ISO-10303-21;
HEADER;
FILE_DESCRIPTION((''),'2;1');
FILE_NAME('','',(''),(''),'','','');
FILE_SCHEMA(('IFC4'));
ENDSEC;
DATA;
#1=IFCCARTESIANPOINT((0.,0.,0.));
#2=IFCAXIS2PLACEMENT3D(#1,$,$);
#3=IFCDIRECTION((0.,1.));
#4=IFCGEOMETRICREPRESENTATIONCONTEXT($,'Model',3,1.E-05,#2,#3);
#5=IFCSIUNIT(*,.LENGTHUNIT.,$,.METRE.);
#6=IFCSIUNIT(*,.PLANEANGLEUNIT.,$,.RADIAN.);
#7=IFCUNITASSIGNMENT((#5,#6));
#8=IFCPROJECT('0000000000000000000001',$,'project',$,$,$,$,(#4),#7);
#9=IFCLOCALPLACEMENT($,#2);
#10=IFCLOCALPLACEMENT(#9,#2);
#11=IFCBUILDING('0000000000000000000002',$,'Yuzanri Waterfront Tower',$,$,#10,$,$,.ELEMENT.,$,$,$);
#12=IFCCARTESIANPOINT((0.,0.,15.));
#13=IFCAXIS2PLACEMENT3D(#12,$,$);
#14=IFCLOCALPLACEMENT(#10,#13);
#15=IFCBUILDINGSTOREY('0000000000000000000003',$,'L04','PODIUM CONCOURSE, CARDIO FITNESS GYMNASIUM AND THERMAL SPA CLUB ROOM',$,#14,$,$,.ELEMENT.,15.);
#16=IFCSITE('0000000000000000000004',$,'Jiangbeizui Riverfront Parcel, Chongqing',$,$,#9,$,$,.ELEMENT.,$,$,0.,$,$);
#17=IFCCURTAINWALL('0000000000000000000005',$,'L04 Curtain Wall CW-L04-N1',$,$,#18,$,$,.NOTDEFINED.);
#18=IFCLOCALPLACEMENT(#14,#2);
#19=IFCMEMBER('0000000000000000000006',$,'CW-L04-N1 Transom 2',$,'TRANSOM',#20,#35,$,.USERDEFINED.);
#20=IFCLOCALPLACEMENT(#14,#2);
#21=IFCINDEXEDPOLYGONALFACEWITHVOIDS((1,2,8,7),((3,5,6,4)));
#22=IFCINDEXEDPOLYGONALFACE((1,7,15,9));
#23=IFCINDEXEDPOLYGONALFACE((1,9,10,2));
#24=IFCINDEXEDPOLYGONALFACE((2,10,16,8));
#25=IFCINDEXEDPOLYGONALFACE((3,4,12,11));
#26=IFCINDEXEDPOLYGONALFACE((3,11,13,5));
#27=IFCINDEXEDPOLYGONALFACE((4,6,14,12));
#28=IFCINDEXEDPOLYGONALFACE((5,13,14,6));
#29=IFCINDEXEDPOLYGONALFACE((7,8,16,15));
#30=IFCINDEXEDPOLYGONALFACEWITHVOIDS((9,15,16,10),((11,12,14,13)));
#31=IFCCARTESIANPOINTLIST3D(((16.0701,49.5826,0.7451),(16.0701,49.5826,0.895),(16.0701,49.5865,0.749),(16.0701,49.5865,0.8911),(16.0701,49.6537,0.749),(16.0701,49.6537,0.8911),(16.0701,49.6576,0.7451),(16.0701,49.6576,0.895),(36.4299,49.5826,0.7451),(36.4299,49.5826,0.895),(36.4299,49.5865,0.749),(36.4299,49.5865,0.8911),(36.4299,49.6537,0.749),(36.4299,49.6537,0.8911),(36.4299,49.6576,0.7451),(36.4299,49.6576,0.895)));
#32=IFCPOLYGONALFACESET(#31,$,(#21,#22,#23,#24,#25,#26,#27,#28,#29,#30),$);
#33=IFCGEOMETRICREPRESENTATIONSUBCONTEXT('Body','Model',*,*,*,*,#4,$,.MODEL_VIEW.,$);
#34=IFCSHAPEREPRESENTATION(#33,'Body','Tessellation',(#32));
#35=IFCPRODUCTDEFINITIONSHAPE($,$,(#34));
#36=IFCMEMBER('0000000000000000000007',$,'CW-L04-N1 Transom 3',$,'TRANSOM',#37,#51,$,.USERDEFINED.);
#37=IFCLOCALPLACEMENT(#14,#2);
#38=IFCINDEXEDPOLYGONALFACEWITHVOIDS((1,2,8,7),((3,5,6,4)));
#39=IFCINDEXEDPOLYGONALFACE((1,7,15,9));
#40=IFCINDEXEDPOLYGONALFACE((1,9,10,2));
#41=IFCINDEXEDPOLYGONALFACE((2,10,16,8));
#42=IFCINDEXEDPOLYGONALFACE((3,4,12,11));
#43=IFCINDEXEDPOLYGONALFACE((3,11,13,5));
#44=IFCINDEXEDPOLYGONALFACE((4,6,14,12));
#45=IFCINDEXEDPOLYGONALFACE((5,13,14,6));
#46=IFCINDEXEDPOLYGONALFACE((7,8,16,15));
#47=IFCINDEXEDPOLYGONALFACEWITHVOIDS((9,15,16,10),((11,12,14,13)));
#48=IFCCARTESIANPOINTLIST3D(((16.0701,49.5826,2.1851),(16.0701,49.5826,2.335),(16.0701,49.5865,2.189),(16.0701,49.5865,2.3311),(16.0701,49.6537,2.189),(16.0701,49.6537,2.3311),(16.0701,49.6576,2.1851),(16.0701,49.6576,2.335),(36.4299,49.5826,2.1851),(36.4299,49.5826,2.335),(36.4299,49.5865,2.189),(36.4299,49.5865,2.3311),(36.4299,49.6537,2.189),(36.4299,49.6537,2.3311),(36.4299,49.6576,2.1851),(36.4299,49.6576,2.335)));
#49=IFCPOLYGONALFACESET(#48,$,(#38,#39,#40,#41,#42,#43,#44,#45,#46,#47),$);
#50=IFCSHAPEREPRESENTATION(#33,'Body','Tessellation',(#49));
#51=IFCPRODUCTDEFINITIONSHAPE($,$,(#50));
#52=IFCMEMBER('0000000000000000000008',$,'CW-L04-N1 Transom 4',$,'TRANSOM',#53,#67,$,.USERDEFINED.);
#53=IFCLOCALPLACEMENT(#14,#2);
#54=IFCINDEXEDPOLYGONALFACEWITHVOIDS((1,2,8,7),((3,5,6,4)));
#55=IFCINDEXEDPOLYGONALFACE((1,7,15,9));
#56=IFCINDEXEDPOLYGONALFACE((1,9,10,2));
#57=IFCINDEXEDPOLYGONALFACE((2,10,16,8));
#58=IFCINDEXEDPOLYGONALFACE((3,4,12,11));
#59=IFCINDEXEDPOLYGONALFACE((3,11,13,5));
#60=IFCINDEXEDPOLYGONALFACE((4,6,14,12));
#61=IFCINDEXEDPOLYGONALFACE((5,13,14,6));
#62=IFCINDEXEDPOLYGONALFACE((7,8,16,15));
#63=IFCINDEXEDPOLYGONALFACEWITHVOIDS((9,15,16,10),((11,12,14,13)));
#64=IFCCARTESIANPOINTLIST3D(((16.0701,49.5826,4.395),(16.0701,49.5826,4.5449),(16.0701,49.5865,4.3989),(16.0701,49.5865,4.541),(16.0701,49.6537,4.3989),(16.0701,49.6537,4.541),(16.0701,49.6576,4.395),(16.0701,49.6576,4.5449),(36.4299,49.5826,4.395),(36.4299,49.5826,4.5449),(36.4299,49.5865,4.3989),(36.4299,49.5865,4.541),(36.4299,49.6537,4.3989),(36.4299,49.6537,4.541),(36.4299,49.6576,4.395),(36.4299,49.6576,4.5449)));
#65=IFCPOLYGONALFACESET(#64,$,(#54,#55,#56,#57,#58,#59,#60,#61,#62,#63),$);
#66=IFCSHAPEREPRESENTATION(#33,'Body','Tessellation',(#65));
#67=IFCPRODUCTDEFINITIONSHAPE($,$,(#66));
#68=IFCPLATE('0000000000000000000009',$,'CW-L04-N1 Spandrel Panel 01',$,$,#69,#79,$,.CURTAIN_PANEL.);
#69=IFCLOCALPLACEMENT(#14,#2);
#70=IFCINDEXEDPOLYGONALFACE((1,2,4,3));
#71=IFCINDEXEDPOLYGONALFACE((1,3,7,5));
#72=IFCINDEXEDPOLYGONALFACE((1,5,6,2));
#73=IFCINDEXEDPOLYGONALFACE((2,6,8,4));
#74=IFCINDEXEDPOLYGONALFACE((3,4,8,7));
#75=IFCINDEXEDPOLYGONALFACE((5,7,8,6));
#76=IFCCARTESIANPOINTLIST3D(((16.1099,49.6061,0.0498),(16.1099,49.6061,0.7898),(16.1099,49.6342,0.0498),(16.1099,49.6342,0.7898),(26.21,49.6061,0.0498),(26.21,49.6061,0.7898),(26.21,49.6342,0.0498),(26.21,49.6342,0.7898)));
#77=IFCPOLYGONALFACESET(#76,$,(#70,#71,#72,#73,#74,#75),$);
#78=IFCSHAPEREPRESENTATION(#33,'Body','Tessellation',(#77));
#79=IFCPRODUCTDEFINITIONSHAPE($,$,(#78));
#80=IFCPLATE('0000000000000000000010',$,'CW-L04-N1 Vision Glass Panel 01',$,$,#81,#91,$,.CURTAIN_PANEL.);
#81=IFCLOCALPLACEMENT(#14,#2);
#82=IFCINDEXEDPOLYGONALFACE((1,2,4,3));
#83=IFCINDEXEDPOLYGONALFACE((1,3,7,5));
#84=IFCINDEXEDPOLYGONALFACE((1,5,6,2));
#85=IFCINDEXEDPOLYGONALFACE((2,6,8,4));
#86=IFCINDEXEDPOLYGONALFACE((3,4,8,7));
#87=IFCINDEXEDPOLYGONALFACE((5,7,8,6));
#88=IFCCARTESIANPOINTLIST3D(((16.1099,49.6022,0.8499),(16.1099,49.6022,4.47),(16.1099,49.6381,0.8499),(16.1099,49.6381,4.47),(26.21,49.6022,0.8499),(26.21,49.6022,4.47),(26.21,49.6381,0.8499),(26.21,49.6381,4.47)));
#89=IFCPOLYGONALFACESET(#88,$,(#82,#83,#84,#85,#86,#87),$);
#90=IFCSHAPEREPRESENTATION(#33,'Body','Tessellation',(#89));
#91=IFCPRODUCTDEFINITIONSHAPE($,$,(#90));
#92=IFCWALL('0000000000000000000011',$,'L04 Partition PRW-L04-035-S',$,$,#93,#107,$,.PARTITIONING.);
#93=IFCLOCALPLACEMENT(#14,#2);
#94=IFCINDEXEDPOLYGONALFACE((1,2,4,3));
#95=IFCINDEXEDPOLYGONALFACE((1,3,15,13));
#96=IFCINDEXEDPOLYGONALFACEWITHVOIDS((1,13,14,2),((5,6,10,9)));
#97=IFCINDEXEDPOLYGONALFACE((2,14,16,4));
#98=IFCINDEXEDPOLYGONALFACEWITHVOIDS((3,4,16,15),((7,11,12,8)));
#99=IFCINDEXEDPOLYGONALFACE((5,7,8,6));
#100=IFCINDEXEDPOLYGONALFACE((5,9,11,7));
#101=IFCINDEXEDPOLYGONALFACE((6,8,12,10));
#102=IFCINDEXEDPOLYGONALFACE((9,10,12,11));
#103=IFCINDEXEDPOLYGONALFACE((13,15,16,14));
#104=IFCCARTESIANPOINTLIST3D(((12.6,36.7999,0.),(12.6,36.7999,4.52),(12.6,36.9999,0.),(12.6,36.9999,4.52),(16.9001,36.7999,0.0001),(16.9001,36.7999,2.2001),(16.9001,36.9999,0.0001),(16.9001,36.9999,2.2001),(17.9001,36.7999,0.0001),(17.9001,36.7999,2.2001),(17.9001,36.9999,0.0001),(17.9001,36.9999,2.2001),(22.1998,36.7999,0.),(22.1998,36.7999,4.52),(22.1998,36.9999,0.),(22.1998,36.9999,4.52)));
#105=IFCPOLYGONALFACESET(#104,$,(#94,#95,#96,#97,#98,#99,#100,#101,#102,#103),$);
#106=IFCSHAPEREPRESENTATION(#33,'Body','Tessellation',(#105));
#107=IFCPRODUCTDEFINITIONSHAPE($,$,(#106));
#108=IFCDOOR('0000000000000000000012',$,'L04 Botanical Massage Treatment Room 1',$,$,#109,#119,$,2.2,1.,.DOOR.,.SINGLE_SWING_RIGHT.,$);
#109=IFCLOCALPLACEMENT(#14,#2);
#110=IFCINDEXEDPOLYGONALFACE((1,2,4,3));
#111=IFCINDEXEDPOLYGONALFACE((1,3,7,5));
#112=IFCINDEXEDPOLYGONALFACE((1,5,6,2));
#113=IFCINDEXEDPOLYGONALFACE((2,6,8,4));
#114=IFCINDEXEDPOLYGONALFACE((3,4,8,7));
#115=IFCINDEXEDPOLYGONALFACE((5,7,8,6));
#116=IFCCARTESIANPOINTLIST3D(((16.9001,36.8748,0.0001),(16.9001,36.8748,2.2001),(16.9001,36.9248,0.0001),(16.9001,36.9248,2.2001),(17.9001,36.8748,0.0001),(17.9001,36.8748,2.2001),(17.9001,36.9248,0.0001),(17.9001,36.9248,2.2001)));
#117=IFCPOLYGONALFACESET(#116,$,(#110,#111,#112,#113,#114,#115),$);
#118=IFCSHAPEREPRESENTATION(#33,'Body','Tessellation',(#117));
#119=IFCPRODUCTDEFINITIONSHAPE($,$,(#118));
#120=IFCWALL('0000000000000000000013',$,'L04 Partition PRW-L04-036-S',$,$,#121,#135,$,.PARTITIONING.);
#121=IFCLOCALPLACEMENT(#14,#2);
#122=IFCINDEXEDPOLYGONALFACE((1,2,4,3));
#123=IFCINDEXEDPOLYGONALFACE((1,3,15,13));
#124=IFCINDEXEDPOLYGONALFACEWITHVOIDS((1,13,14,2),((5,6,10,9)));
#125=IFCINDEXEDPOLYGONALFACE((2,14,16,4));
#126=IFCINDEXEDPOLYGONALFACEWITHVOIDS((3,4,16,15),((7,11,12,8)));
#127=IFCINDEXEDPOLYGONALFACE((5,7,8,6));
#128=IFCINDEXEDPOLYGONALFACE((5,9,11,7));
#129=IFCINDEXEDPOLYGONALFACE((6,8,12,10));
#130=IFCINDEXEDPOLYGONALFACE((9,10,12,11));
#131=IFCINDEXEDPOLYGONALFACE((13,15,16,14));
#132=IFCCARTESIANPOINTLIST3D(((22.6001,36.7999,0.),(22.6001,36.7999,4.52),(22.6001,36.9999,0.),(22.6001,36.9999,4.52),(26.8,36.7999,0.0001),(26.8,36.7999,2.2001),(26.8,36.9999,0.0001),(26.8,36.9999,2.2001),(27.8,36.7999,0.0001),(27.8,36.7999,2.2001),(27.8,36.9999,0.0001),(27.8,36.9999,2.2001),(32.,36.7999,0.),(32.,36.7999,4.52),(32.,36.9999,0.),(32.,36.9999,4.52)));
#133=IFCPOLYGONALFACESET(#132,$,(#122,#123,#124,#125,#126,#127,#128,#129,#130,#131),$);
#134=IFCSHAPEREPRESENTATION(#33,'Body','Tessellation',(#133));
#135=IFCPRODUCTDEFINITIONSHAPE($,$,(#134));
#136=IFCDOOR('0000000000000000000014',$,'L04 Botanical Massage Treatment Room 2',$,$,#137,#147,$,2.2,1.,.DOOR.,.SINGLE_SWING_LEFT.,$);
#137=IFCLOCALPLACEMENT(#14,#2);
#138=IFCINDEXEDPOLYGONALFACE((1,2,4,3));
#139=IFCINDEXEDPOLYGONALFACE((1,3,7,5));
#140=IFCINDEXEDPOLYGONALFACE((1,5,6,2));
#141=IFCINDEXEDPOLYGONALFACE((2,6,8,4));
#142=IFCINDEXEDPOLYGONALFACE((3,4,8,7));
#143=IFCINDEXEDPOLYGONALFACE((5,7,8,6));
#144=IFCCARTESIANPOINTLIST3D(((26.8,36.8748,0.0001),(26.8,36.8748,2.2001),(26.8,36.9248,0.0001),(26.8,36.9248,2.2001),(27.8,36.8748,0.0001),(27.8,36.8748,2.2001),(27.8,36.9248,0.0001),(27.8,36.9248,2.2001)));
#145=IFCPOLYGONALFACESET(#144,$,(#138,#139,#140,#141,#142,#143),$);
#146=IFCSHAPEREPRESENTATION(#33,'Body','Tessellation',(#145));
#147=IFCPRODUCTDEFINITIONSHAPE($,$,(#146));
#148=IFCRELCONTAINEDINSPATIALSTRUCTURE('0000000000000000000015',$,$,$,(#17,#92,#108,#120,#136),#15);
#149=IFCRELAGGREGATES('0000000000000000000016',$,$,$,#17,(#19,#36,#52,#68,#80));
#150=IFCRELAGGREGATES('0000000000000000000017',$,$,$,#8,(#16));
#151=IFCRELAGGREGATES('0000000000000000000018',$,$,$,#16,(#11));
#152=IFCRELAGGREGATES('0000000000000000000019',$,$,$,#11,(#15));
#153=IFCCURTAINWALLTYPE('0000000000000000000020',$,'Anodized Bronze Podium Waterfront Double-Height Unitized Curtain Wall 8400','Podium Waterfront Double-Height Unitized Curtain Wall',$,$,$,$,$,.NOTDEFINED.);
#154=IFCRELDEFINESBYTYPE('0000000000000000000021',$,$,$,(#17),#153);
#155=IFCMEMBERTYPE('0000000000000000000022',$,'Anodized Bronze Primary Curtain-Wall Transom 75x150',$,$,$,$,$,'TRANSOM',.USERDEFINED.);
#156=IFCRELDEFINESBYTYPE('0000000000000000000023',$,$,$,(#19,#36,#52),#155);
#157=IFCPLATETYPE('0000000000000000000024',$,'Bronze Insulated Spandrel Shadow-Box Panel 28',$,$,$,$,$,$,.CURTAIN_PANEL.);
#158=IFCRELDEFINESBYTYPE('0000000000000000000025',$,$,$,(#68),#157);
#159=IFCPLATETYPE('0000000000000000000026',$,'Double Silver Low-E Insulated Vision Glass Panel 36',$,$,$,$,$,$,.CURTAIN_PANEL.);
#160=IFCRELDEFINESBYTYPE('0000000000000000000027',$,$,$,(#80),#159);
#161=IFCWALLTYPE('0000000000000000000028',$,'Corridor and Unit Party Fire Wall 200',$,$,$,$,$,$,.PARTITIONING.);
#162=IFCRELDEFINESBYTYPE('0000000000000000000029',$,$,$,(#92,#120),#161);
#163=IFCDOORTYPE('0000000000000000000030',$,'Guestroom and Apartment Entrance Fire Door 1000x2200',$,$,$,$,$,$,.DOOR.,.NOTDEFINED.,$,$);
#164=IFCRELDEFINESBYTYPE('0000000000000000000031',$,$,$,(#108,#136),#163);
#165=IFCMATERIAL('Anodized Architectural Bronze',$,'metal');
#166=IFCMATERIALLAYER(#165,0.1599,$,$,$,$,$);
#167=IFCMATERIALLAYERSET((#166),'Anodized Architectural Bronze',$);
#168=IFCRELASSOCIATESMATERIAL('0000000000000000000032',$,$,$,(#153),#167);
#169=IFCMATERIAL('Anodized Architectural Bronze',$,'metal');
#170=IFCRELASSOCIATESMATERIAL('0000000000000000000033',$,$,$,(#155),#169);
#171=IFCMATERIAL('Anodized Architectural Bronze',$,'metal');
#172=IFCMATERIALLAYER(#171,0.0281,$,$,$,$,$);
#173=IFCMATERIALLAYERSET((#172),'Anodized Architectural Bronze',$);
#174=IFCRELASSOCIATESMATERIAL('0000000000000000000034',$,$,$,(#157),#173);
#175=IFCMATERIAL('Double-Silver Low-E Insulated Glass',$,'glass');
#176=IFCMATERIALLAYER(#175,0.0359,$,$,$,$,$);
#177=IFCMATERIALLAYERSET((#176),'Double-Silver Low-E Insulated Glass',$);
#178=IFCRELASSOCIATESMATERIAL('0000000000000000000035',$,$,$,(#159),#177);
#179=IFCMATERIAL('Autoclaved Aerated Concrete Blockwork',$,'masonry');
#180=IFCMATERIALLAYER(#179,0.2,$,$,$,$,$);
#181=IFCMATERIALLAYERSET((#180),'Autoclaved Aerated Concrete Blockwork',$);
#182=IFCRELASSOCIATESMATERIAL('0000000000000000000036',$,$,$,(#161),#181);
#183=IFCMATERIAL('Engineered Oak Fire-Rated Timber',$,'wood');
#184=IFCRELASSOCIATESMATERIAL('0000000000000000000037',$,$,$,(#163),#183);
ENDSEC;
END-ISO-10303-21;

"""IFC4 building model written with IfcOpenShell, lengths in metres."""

from ifc_helpers import new_model, si_unit, direction, frame, frame_2d, origin, origin_2d, place, context, subcontext, project, spatial, rectangle, hollow_rectangle, extrude, source, transform, mapped, material, layer, layer_set, material_profile, profile_set, type_object, element, fill, aggregate, save


model = new_model("IFC4")

# Units and contexts
model_context = context("Model", 3, precision=1e-05, world=origin(), true_north=direction((0.0, 1.0)))
body_context = subcontext(model_context, "Body", "Model", "MODEL_VIEW")
ifc_project = project(units=[si_unit("LENGTHUNIT", "METRE"), si_unit("PLANEANGLEUNIT", "RADIAN")], contexts=[model_context])

# Site, building, storey
site_placement = place(None, origin())
site = spatial("IfcSite", under=ifc_project, at=site_placement, Name="Jiangbeizui Riverfront Parcel, Chongqing", CompositionType="ELEMENT", RefElevation=0.0)
building_placement = place(site_placement, origin())
building = spatial("IfcBuilding", under=site, at=building_placement, Name="Yuzanri Waterfront Tower", CompositionType="ELEMENT")
storey_placement = place(building_placement, frame((0.0, 0.0, 15.0)))
storey = spatial("IfcBuildingStorey", under=building, at=storey_placement, Name="L04", Description="PODIUM CONCOURSE, CARDIO FITNESS GYMNASIUM AND THERMAL SPA CLUB ROOM", CompositionType="ELEMENT", Elevation=15.0)

# Curtain wall
ifc_material_1 = material(Name="Anodized Architectural Bronze", Category="metal")
ifc_layer_1 = layer(ifc_material_1, 0.1599)
ifc_layer_set_1 = layer_set([ifc_layer_1], Name="Anodized Architectural Bronze")
curtain_wall_type = type_object("IfcCurtainWallType", Name="Anodized Bronze Podium Waterfront Double-Height Unitized Curtain Wall 8400", Description="Podium Waterfront Double-Height Unitized Curtain Wall", PredefinedType="NOTDEFINED", material=ifc_layer_set_1)
curtain_wall_1_placement = place(storey_placement, origin())
curtain_wall_1 = element("IfcCurtainWall", 1, at=curtain_wall_1_placement, inside=storey, type_object=curtain_wall_type, Name="L04 Curtain Wall CW-L04-N1", PredefinedType="NOTDEFINED")

# Members
ifc_material_2 = material(Name="Anodized Architectural Bronze", Category="metal")
ifc_material_profile_1 = material_profile(ifc_material_2, hollow_rectangle(XDim=0.075, YDim=0.1499, WallThickness=0.0039, at=origin_2d()), Name="CWT 75x150")
ifc_profile_set_1 = profile_set([ifc_material_profile_1], Name="Anodized Architectural Bronze")
member_type_1 = type_object("IfcMemberType", Name="Anodized Bronze Primary Curtain-Wall Transom 75x150", ElementType="TRANSOM", PredefinedType="USERDEFINED", material=ifc_profile_set_1)
shared_shape_1 = source(origin(), body_context, "Body", "SweptSolid", [
    extrude(hollow_rectangle(XDim=0.075, YDim=0.1499, WallThickness=0.0039, at=origin_2d()), origin(), (0.0, 0.0, 1.0), 20.3599),
])
member_1_placement = place(storey_placement, frame((16.0701, 49.6201, 0.8201), z_axis=(1.0, 0.0, 0.0), x_axis=(0.0, 1.0, 0.0)))
member_1 = element("IfcMember", 2, at=member_1_placement, type_object=member_type_1, Name="CW-L04-N1 Transom 2", ObjectType="TRANSOM", PredefinedType="USERDEFINED", context=body_context, shape_type="MappedRepresentation", body=[
    mapped(shared_shape_1, transform((0.0, 0.0, 0.0), scale=1.0)),
])
member_2_placement = place(storey_placement, frame((16.0701, 49.6201, 2.26), z_axis=(1.0, 0.0, 0.0), x_axis=(0.0, 1.0, 0.0)))
member_2 = element("IfcMember", 3, at=member_2_placement, type_object=member_type_1, Name="CW-L04-N1 Transom 3", ObjectType="TRANSOM", PredefinedType="USERDEFINED", context=body_context, shape_type="MappedRepresentation", body=[
    mapped(shared_shape_1, transform((0.0, 0.0, 0.0), scale=1.0)),
])
member_3_placement = place(storey_placement, frame((16.0701, 49.6201, 4.47), z_axis=(1.0, 0.0, 0.0), x_axis=(0.0, 1.0, 0.0)))
member_3 = element("IfcMember", 4, at=member_3_placement, type_object=member_type_1, Name="CW-L04-N1 Transom 4", ObjectType="TRANSOM", PredefinedType="USERDEFINED", context=body_context, shape_type="MappedRepresentation", body=[
    mapped(shared_shape_1, transform((0.0, 0.0, 0.0), scale=1.0)),
])

# Plates
ifc_material_3 = material(Name="Anodized Architectural Bronze", Category="metal")
ifc_layer_2 = layer(ifc_material_3, 0.0281)
ifc_layer_set_2 = layer_set([ifc_layer_2], Name="Anodized Architectural Bronze")
plate_type_1 = type_object("IfcPlateType", Name="Bronze Insulated Spandrel Shadow-Box Panel 28", PredefinedType="CURTAIN_PANEL", material=ifc_layer_set_2)
shared_shape_2 = source(origin(), body_context, "Body", "SweptSolid", [
    extrude(rectangle(XDim=10.1001, YDim=0.0281, at=origin_2d()), origin(), (0.0, 0.0, 1.0), 0.74),
])
plate_1_placement = place(storey_placement, frame((21.1599, 49.6201, 0.0498), z_axis=(0.0, 0.0, 1.0), x_axis=(1.0, 0.0, 0.0)))
plate_1 = element("IfcPlate", 5, at=plate_1_placement, type_object=plate_type_1, Name="CW-L04-N1 Spandrel Panel 01", PredefinedType="CURTAIN_PANEL", context=body_context, shape_type="MappedRepresentation", body=[
    mapped(shared_shape_2, transform((0.0, 0.0, 0.0), scale=1.0)),
])
ifc_material_4 = material(Name="Double-Silver Low-E Insulated Glass", Category="glass")
ifc_layer_3 = layer(ifc_material_4, 0.0359)
ifc_layer_set_3 = layer_set([ifc_layer_3], Name="Double-Silver Low-E Insulated Glass")
plate_type_2 = type_object("IfcPlateType", Name="Double Silver Low-E Insulated Vision Glass Panel 36", PredefinedType="CURTAIN_PANEL", material=ifc_layer_set_3)
shared_shape_3 = source(origin(), body_context, "Body", "SweptSolid", [
    extrude(rectangle(XDim=10.1001, YDim=0.0359, at=origin_2d()), origin(), (0.0, 0.0, 1.0), 3.6201),
])
plate_2_placement = place(storey_placement, frame((21.1599, 49.6201, 0.8499), z_axis=(0.0, 0.0, 1.0), x_axis=(1.0, 0.0, 0.0)))
plate_2 = element("IfcPlate", 6, at=plate_2_placement, type_object=plate_type_2, Name="CW-L04-N1 Vision Glass Panel 01", PredefinedType="CURTAIN_PANEL", context=body_context, shape_type="MappedRepresentation", body=[
    mapped(shared_shape_3, transform((0.0, 0.0, 0.0), scale=1.0)),
])
aggregate(curtain_wall_1, [member_1, member_2, member_3, plate_1, plate_2])

# Walls, openings, doors
ifc_material_5 = material(Name="Autoclaved Aerated Concrete Blockwork", Category="masonry")
ifc_layer_4 = layer(ifc_material_5, 0.2)
ifc_layer_set_4 = layer_set([ifc_layer_4], Name="Autoclaved Aerated Concrete Blockwork")
wall_type_1 = type_object("IfcWallType", Name="Corridor and Unit Party Fire Wall 200", PredefinedType="PARTITIONING", material=ifc_layer_set_4)
wall_1_placement = place(storey_placement, frame((12.6001, 36.8999, 0.0), z_axis=(0.0, 0.0, 1.0), x_axis=(1.0, 0.0, 0.0)))
wall_1 = element("IfcWall", 7, at=wall_1_placement, inside=storey, type_object=wall_type_1, Name="L04 Partition PRW-L04-035-S", PredefinedType="PARTITIONING", context=body_context, shape_type="SweptSolid", body=[
    extrude(rectangle(XDim=9.5999, YDim=0.2, at=frame_2d((4.7998, 0.0))), origin(), (0.0, 0.0, 1.0), 4.52),
])
opening_1_placement = place(wall_1_placement, frame((4.3, 0.0, 0.0)))
opening_1 = element("IfcOpeningElement", 8, at=opening_1_placement, cuts=wall_1, PredefinedType="OPENING", context=body_context, shape_type="SweptSolid", body=[
    extrude(rectangle(XDim=1.0, YDim=2.2, at=frame_2d((0.5, 1.1001))), frame((0.0, 0.1147, 0.0), z_axis=(0.0, -1.0, 0.0), x_axis=(1.0, 0.0, 0.0)), (0.0, 0.0, 1.0), 0.2297),
])
ifc_material_6 = material(Name="Engineered Oak Fire-Rated Timber", Category="wood")
door_type = type_object("IfcDoorType", Name="Guestroom and Apartment Entrance Fire Door 1000x2200", OperationType="NOTDEFINED", PredefinedType="DOOR", material=ifc_material_6)
shared_shape_4 = source(origin(), body_context, "Body", "SweptSolid", [
    extrude(rectangle(XDim=1.0, YDim=2.2, at=frame_2d((0.5, 1.1001))), frame((0.0, 0.0249, 0.0), z_axis=(0.0, -1.0, 0.0), x_axis=(1.0, 0.0, 0.0)), (0.0, 0.0, 1.0), 0.05),
])
door_1_placement = place(opening_1_placement, origin())
door_1 = element("IfcDoor", 9, at=door_1_placement, inside=storey, type_object=door_type, Name="L04 Botanical Massage Treatment Room 1", OperationType="SINGLE_SWING_RIGHT", OverallHeight=2.2, OverallWidth=1.0, PredefinedType="DOOR", context=body_context, shape_type="MappedRepresentation", body=[
    mapped(shared_shape_4, transform((0.0, 0.0, 0.0), scale=1.0)),
])
fill(opening_1, door_1)
wall_2_placement = place(storey_placement, frame((22.6001, 36.8999, 0.0), z_axis=(0.0, 0.0, 1.0), x_axis=(1.0, 0.0, 0.0)))
wall_2 = element("IfcWall", 10, at=wall_2_placement, inside=storey, type_object=wall_type_1, Name="L04 Partition PRW-L04-036-S", PredefinedType="PARTITIONING", context=body_context, shape_type="SweptSolid", body=[
    extrude(rectangle(XDim=9.3999, YDim=0.2, at=frame_2d((4.7, 0.0))), origin(), (0.0, 0.0, 1.0), 4.52),
])
opening_2_placement = place(wall_2_placement, frame((4.2, 0.0, 0.0)))
opening_2 = element("IfcOpeningElement", 11, at=opening_2_placement, cuts=wall_2, PredefinedType="OPENING", context=body_context, shape_type="SweptSolid", body=[
    extrude(rectangle(XDim=1.0, YDim=2.2, at=frame_2d((0.5, 1.1001))), frame((0.0, 0.1147, 0.0), z_axis=(0.0, -1.0, 0.0), x_axis=(1.0, 0.0, 0.0)), (0.0, 0.0, 1.0), 0.2297),
])
door_2_placement = place(opening_2_placement, origin())
door_2 = element("IfcDoor", 12, at=door_2_placement, inside=storey, type_object=door_type, Name="L04 Botanical Massage Treatment Room 2", OperationType="SINGLE_SWING_LEFT", OverallHeight=2.2, OverallWidth=1.0, PredefinedType="DOOR", context=body_context, shape_type="MappedRepresentation", body=[
    mapped(shared_shape_4, transform((0.0, 0.0, 0.0), scale=1.0)),
])
fill(opening_2, door_2)

save(model, "model.ifc")
